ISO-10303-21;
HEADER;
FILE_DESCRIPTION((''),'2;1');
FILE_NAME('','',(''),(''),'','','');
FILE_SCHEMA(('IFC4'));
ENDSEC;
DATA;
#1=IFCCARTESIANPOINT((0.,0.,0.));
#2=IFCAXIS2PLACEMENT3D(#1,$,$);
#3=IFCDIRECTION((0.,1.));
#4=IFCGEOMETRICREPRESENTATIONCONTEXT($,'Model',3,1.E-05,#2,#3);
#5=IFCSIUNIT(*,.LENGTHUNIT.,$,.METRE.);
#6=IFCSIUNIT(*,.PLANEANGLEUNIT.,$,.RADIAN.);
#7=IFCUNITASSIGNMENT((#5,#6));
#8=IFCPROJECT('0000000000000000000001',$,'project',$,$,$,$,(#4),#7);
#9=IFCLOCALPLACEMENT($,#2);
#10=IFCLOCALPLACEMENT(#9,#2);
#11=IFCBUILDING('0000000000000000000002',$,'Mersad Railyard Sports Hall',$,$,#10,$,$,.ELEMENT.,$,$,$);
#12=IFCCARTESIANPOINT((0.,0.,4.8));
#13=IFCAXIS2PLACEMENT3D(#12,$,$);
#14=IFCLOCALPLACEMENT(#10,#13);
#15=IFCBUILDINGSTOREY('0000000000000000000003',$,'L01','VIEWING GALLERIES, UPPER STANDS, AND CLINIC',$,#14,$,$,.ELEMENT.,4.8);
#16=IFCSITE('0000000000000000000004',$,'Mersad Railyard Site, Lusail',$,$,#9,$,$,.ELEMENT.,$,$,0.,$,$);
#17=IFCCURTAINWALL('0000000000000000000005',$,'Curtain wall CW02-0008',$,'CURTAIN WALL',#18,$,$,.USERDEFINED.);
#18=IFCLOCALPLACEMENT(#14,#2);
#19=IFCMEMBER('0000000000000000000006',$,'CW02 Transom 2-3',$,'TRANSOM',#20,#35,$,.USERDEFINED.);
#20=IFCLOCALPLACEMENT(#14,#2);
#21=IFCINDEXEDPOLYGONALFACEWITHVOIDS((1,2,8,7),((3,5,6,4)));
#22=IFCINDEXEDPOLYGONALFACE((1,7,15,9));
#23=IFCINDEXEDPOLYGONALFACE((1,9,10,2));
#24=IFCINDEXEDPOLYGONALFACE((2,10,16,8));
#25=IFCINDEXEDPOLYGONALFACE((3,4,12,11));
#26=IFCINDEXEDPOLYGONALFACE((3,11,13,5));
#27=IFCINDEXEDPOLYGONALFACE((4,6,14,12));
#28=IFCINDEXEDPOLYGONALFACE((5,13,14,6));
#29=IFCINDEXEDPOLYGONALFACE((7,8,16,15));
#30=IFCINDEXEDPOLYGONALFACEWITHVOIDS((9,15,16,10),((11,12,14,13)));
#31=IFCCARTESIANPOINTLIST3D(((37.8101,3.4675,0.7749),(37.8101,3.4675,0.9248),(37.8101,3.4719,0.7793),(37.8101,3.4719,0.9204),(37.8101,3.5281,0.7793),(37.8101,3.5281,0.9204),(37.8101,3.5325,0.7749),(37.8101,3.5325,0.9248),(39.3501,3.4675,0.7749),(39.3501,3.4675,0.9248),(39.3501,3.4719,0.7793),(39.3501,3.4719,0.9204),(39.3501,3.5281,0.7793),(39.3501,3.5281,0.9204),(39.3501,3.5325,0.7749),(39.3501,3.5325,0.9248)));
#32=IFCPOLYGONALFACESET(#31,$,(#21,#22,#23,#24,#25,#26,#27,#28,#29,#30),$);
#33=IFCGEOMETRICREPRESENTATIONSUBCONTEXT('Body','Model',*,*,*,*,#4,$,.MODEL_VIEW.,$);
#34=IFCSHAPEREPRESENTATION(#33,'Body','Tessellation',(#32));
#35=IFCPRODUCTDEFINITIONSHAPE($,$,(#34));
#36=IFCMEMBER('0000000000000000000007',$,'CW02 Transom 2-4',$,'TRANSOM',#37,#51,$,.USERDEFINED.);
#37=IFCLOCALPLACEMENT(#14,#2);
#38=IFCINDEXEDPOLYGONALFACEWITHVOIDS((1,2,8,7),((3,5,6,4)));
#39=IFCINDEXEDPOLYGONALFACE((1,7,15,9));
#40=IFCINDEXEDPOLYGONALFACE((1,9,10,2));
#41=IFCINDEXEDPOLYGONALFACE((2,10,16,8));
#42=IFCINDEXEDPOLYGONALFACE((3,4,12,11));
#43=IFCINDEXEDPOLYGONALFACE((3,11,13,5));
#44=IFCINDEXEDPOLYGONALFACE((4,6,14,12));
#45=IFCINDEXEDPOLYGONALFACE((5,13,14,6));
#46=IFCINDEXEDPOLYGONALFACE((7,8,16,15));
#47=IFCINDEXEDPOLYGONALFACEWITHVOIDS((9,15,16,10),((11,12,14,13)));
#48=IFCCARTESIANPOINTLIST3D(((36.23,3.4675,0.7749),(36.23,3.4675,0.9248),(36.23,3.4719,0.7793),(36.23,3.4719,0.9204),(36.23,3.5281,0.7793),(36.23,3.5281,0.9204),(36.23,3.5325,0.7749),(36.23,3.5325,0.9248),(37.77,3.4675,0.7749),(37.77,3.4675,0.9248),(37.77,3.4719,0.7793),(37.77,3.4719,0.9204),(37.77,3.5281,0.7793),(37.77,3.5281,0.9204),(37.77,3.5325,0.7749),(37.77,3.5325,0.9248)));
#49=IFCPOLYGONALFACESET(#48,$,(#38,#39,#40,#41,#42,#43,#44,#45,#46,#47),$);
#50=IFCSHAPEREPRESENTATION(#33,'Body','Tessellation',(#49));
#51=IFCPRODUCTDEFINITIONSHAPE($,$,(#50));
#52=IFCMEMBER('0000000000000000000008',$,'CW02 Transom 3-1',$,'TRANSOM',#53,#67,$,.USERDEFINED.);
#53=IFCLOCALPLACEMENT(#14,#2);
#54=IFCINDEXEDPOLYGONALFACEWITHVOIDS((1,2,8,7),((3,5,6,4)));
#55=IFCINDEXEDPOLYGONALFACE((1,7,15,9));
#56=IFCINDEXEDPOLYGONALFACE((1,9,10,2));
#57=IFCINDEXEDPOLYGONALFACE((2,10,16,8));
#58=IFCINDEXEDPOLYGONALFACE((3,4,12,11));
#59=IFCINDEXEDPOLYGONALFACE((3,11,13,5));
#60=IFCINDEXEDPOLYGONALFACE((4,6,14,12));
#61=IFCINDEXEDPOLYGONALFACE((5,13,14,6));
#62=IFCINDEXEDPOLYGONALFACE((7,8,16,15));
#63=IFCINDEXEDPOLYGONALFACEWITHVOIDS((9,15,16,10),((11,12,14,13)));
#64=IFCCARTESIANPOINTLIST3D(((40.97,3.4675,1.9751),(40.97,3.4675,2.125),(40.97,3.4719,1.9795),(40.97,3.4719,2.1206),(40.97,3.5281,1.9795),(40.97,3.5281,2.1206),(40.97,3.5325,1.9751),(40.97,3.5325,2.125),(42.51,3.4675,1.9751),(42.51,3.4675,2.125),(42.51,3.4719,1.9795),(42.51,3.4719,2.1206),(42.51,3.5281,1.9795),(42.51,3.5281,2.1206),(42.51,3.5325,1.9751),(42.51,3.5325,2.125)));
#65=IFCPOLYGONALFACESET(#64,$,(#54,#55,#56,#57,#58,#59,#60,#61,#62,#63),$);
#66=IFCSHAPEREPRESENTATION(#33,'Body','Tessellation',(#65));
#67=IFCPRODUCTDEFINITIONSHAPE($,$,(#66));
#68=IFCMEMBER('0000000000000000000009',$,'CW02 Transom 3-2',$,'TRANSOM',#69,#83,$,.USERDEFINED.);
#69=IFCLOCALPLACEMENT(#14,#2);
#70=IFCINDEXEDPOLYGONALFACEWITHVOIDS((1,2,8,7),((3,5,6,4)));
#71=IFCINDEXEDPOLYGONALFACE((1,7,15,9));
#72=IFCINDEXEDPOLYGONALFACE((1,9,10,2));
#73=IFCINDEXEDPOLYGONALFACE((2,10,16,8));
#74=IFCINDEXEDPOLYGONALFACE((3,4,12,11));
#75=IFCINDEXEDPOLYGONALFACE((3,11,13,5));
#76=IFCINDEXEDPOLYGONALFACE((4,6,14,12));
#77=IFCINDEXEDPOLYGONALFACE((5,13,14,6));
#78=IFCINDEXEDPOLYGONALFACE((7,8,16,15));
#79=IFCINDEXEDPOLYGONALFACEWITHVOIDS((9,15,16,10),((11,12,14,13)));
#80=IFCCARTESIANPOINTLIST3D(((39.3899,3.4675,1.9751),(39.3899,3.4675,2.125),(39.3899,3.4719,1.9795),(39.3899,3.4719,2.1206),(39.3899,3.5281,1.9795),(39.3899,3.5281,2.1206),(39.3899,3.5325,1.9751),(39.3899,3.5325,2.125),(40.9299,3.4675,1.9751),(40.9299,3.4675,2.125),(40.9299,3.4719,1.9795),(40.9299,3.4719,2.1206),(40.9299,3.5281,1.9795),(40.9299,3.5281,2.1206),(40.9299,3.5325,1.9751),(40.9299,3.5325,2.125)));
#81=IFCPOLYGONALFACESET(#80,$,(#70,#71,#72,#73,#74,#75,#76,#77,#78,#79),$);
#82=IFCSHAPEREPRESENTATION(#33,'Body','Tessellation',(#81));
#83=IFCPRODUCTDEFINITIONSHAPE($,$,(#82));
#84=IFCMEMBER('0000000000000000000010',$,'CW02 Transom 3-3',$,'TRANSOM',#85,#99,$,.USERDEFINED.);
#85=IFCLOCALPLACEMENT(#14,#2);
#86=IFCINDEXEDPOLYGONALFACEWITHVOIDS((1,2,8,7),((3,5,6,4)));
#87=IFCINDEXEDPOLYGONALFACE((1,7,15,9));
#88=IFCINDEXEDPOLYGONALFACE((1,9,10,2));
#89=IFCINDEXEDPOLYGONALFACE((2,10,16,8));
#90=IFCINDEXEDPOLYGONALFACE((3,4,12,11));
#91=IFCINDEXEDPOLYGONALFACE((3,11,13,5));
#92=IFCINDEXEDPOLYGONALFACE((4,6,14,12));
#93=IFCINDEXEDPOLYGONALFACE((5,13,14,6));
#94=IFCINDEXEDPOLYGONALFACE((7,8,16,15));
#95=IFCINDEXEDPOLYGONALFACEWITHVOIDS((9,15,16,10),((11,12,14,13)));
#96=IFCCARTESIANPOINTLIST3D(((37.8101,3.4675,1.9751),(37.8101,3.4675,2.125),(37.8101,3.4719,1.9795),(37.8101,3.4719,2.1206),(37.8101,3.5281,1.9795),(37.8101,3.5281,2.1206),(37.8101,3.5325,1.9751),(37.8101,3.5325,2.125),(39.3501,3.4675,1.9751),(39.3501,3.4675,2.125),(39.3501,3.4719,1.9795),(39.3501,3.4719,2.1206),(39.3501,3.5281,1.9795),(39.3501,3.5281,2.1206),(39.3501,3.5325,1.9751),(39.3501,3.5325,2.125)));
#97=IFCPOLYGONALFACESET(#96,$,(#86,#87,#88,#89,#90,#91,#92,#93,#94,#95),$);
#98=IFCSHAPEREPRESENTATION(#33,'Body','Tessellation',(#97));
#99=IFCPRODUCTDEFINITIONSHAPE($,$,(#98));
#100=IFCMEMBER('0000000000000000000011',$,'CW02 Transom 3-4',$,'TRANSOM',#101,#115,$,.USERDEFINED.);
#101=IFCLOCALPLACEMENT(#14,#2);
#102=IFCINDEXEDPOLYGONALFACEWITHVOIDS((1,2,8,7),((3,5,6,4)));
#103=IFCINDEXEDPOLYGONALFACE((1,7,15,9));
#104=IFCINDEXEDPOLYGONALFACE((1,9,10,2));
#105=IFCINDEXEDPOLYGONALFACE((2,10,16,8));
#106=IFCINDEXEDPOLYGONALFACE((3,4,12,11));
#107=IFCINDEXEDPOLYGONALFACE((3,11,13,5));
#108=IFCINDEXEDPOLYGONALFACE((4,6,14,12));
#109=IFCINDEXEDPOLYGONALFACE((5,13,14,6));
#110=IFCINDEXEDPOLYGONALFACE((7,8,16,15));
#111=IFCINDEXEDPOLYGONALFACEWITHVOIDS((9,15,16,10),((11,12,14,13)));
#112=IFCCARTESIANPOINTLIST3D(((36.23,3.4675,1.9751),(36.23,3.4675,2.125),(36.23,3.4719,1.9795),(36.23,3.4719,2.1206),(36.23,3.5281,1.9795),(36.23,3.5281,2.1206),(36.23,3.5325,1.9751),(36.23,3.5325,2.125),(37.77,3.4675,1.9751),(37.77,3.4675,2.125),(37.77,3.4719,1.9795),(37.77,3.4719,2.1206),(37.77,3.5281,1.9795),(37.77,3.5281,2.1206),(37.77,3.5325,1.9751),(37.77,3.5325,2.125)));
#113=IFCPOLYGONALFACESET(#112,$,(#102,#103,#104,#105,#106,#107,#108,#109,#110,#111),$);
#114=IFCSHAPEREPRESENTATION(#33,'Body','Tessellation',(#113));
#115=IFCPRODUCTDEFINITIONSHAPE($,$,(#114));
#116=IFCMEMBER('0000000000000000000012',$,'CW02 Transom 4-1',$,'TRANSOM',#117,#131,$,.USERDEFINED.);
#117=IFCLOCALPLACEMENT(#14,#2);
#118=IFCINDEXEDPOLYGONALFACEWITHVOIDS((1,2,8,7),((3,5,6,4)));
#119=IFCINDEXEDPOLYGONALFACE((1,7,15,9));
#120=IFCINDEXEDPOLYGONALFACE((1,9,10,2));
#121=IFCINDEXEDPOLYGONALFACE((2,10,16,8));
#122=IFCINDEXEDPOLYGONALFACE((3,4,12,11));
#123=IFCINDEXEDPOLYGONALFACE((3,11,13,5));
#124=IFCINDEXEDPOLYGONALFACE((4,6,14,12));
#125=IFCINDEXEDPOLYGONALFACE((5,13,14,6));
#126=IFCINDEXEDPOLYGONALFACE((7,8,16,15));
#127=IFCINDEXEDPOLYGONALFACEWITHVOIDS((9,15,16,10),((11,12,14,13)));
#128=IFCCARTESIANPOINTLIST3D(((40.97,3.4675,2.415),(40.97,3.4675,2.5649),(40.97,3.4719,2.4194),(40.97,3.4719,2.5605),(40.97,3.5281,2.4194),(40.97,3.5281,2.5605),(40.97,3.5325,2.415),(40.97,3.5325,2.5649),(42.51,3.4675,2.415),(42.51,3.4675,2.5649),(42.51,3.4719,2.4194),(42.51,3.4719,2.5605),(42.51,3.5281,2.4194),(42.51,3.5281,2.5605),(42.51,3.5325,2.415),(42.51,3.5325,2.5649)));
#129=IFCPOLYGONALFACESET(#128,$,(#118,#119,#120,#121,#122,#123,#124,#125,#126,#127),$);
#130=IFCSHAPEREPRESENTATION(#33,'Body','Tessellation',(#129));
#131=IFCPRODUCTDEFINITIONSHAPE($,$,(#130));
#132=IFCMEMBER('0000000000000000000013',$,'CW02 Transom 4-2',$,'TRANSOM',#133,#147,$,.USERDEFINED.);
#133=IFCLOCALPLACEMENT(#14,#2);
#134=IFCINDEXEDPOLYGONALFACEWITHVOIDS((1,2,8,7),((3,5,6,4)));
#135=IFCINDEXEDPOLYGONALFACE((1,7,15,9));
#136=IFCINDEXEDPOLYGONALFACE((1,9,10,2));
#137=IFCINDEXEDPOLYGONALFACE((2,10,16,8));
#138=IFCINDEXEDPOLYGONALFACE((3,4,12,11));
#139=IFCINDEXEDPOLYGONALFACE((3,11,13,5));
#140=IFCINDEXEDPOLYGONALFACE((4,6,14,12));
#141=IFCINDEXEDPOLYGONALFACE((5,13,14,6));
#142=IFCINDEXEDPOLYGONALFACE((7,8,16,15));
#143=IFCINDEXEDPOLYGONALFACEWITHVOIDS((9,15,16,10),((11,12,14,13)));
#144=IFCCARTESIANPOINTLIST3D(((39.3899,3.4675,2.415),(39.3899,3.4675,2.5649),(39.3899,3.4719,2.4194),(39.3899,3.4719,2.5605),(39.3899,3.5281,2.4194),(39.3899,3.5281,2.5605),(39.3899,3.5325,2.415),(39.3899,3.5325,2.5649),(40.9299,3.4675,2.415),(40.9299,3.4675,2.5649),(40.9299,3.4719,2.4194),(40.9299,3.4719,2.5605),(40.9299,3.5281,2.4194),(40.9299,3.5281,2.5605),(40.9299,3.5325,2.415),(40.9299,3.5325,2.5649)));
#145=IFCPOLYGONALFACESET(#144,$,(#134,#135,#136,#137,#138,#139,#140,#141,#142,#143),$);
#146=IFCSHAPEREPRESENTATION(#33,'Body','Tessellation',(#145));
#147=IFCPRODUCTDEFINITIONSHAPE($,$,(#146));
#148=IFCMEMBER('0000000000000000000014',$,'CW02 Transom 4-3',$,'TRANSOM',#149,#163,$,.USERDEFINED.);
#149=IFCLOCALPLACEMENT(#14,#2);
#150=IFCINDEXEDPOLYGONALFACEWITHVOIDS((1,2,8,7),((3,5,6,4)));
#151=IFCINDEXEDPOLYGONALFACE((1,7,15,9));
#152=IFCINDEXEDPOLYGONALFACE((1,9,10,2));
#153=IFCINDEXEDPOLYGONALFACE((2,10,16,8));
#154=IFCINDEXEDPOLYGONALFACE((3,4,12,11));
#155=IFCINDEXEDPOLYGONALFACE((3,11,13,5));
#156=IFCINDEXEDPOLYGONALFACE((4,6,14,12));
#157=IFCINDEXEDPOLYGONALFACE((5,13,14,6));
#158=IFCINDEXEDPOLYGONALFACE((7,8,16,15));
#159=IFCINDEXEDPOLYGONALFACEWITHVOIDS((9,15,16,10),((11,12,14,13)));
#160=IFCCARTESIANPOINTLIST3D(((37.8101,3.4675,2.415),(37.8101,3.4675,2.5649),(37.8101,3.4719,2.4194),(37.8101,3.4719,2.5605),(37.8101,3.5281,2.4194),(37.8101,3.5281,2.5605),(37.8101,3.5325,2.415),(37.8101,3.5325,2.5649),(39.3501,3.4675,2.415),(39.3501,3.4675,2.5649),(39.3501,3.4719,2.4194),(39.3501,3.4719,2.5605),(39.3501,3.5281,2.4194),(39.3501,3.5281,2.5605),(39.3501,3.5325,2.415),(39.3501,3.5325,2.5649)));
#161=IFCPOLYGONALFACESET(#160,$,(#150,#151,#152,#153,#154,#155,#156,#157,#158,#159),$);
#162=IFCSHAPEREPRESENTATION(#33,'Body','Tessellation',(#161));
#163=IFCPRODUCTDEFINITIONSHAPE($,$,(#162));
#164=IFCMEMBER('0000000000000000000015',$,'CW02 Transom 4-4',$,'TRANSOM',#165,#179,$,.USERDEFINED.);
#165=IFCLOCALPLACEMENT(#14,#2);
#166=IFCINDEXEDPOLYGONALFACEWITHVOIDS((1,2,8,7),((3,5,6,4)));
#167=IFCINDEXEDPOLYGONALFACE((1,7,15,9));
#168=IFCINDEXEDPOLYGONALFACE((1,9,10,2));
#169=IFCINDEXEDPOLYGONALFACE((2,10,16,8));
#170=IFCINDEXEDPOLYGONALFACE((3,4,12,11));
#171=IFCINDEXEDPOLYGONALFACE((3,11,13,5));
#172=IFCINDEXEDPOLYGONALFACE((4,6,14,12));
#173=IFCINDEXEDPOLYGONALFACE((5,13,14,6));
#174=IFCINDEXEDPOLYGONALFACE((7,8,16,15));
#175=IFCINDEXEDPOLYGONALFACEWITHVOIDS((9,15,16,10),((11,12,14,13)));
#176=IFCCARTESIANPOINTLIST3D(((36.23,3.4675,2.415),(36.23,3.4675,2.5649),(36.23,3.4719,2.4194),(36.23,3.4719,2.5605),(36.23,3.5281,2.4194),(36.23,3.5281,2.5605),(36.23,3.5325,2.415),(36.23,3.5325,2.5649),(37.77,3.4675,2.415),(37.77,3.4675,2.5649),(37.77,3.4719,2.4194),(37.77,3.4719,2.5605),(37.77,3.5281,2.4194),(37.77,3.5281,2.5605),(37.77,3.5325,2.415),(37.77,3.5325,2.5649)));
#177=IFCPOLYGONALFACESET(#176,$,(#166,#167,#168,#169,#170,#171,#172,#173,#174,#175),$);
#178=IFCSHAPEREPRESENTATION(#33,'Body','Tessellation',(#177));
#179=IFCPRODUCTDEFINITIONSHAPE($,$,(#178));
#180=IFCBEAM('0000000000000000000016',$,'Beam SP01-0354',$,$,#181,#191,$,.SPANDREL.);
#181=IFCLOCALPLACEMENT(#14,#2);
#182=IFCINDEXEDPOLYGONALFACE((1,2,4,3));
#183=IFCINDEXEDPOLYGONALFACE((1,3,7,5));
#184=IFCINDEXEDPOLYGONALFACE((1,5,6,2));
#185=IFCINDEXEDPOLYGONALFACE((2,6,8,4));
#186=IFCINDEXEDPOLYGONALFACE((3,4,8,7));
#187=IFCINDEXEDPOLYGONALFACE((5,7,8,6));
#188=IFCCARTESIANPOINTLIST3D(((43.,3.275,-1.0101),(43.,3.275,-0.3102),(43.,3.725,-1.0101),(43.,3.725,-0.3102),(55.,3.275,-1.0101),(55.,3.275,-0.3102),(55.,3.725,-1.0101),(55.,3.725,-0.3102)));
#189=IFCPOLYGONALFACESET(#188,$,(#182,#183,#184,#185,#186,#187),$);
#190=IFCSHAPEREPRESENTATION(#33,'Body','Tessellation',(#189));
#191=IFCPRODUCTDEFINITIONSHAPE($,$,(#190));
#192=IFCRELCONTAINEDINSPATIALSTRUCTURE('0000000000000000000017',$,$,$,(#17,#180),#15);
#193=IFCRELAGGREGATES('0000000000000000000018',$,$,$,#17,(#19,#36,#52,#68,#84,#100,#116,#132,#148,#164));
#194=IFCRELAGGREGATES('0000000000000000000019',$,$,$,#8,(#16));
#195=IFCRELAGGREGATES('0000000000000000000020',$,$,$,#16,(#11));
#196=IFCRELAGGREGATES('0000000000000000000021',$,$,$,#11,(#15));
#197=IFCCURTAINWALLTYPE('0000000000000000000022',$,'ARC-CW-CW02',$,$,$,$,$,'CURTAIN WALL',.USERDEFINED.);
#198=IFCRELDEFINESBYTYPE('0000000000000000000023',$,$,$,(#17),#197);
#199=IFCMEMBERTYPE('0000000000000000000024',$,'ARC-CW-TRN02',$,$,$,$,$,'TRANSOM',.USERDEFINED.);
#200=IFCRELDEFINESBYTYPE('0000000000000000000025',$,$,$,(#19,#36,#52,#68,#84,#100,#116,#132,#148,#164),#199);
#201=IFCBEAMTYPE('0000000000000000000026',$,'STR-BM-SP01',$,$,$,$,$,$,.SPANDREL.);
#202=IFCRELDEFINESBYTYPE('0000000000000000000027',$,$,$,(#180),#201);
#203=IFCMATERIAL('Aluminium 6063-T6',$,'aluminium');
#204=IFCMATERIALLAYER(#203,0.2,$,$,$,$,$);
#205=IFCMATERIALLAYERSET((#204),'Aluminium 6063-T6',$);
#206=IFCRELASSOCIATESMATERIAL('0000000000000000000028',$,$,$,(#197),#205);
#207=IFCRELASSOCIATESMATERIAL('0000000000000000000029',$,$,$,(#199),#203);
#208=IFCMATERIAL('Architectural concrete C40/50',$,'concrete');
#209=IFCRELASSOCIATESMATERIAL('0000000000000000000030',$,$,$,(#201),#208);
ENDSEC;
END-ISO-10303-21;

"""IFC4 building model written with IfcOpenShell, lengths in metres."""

from ifc_helpers import new_model, si_unit, direction, frame, origin, origin_2d, place, context, subcontext, project, spatial, rectangle, hollow_rectangle, extrude, material, layer, layer_set, material_profile, profile_set, type_object, element, aggregate, save


model = new_model("IFC4")

# Units and contexts
model_context = context("Model", 3, precision=1e-05, world=origin(), true_north=direction((0.0, 1.0)))
body_context = subcontext(model_context, "Body", "Model", "MODEL_VIEW")
ifc_project = project(units=[si_unit("LENGTHUNIT", "METRE"), si_unit("PLANEANGLEUNIT", "RADIAN")], contexts=[model_context])

# Site, building, storey
site_placement = place(None, origin())
site = spatial("IfcSite", under=ifc_project, at=site_placement, Name="Mersad Railyard Site, Lusail", CompositionType="ELEMENT", RefElevation=0.0)
building_placement = place(site_placement, origin())
building = spatial("IfcBuilding", under=site, at=building_placement, Name="Mersad Railyard Sports Hall", CompositionType="ELEMENT")
storey_placement = place(building_placement, frame((0.0, 0.0, 4.8)))
storey = spatial("IfcBuildingStorey", under=building, at=storey_placement, Name="L01", Description="VIEWING GALLERIES, UPPER STANDS, AND CLINIC", CompositionType="ELEMENT", Elevation=4.8)

# Curtain wall, members
ifc_material_1 = material(Name="Aluminium 6063-T6", Category="aluminium")
ifc_layer_1 = layer(ifc_material_1, 0.2)
ifc_layer_set_1 = layer_set([ifc_layer_1], Name="Aluminium 6063-T6")
curtain_wall_type = type_object("IfcCurtainWallType", Name="ARC-CW-CW02", ElementType="CURTAIN WALL", PredefinedType="USERDEFINED", material=ifc_layer_set_1)
curtain_wall_placement = place(storey_placement, origin())
curtain_wall = element("IfcCurtainWall", 1, at=curtain_wall_placement, inside=storey, type_object=curtain_wall_type, Name="Curtain wall CW02-0008", ObjectType="CURTAIN WALL", PredefinedType="USERDEFINED")
ifc_material_profile_1 = material_profile(ifc_material_1, hollow_rectangle(XDim=0.0649, YDim=0.1499, WallThickness=0.0044, at=origin_2d()), Name="AL TRANSOM 65x150x4.5")
ifc_profile_set_1 = profile_set([ifc_material_profile_1], Name="Aluminium 6063-T6")
member_type_1 = type_object("IfcMemberType", Name="ARC-CW-TRN02", ElementType="TRANSOM", PredefinedType="USERDEFINED", material=ifc_profile_set_1)
member_1_placement = place(storey_placement, frame((39.3501, 3.5, 0.8499), z_axis=(-1.0, 0.0, 0.0), x_axis=(0.0, -1.0, 0.0)))
member_1 = element("IfcMember", 2, at=member_1_placement, type_object=member_type_1, Name="CW02 Transom 2-3", ObjectType="TRANSOM", PredefinedType="USERDEFINED", context=body_context, shape_type="SweptSolid", body=[
    extrude(hollow_rectangle(XDim=0.0649, YDim=0.1499, WallThickness=0.0044, at=origin_2d()), origin(), (0.0, 0.0, 1.0), 1.54),
])
member_2_placement = place(storey_placement, frame((37.77, 3.5, 0.8499), z_axis=(-1.0, 0.0, 0.0), x_axis=(0.0, -1.0, 0.0)))
member_2 = element("IfcMember", 3, at=member_2_placement, type_object=member_type_1, Name="CW02 Transom 2-4", ObjectType="TRANSOM", PredefinedType="USERDEFINED", context=body_context, shape_type="SweptSolid", body=[
    extrude(hollow_rectangle(XDim=0.0649, YDim=0.1499, WallThickness=0.0044, at=origin_2d()), origin(), (0.0, 0.0, 1.0), 1.54),
])
member_3_placement = place(storey_placement, frame((42.51, 3.5, 2.05), z_axis=(-1.0, 0.0, 0.0), x_axis=(0.0, -1.0, 0.0)))
member_3 = element("IfcMember", 4, at=member_3_placement, type_object=member_type_1, Name="CW02 Transom 3-1", ObjectType="TRANSOM", PredefinedType="USERDEFINED", context=body_context, shape_type="SweptSolid", body=[
    extrude(hollow_rectangle(XDim=0.0649, YDim=0.1499, WallThickness=0.0044, at=origin_2d()), origin(), (0.0, 0.0, 1.0), 1.54),
])
member_4_placement = place(storey_placement, frame((40.9299, 3.5, 2.05), z_axis=(-1.0, 0.0, 0.0), x_axis=(0.0, -1.0, 0.0)))
member_4 = element("IfcMember", 5, at=member_4_placement, type_object=member_type_1, Name="CW02 Transom 3-2", ObjectType="TRANSOM", PredefinedType="USERDEFINED", context=body_context, shape_type="SweptSolid", body=[
    extrude(hollow_rectangle(XDim=0.0649, YDim=0.1499, WallThickness=0.0044, at=origin_2d()), origin(), (0.0, 0.0, 1.0), 1.54),
])
member_5_placement = place(storey_placement, frame((39.3501, 3.5, 2.05), z_axis=(-1.0, 0.0, 0.0), x_axis=(0.0, -1.0, 0.0)))
member_5 = element("IfcMember", 6, at=member_5_placement, type_object=member_type_1, Name="CW02 Transom 3-3", ObjectType="TRANSOM", PredefinedType="USERDEFINED", context=body_context, shape_type="SweptSolid", body=[
    extrude(hollow_rectangle(XDim=0.0649, YDim=0.1499, WallThickness=0.0044, at=origin_2d()), origin(), (0.0, 0.0, 1.0), 1.54),
])
member_6_placement = place(storey_placement, frame((37.77, 3.5, 2.05), z_axis=(-1.0, 0.0, 0.0), x_axis=(0.0, -1.0, 0.0)))
member_6 = element("IfcMember", 7, at=member_6_placement, type_object=member_type_1, Name="CW02 Transom 3-4", ObjectType="TRANSOM", PredefinedType="USERDEFINED", context=body_context, shape_type="SweptSolid", body=[
    extrude(hollow_rectangle(XDim=0.0649, YDim=0.1499, WallThickness=0.0044, at=origin_2d()), origin(), (0.0, 0.0, 1.0), 1.54),
])
member_7_placement = place(storey_placement, frame((42.51, 3.5, 2.49), z_axis=(-1.0, 0.0, 0.0), x_axis=(0.0, -1.0, 0.0)))
member_7 = element("IfcMember", 8, at=member_7_placement, type_object=member_type_1, Name="CW02 Transom 4-1", ObjectType="TRANSOM", PredefinedType="USERDEFINED", context=body_context, shape_type="SweptSolid", body=[
    extrude(hollow_rectangle(XDim=0.0649, YDim=0.1499, WallThickness=0.0044, at=origin_2d()), origin(), (0.0, 0.0, 1.0), 1.54),
])
member_8_placement = place(storey_placement, frame((40.9299, 3.5, 2.49), z_axis=(-1.0, 0.0, 0.0), x_axis=(0.0, -1.0, 0.0)))
member_8 = element("IfcMember", 9, at=member_8_placement, type_object=member_type_1, Name="CW02 Transom 4-2", ObjectType="TRANSOM", PredefinedType="USERDEFINED", context=body_context, shape_type="SweptSolid", body=[
    extrude(hollow_rectangle(XDim=0.0649, YDim=0.1499, WallThickness=0.0044, at=origin_2d()), origin(), (0.0, 0.0, 1.0), 1.54),
])
member_9_placement = place(storey_placement, frame((39.3501, 3.5, 2.49), z_axis=(-1.0, 0.0, 0.0), x_axis=(0.0, -1.0, 0.0)))
member_9 = element("IfcMember", 10, at=member_9_placement, type_object=member_type_1, Name="CW02 Transom 4-3", ObjectType="TRANSOM", PredefinedType="USERDEFINED", context=body_context, shape_type="SweptSolid", body=[
    extrude(hollow_rectangle(XDim=0.0649, YDim=0.1499, WallThickness=0.0044, at=origin_2d()), origin(), (0.0, 0.0, 1.0), 1.54),
])
member_10_placement = place(storey_placement, frame((37.77, 3.5, 2.49), z_axis=(-1.0, 0.0, 0.0), x_axis=(0.0, -1.0, 0.0)))
member_10 = element("IfcMember", 11, at=member_10_placement, type_object=member_type_1, Name="CW02 Transom 4-4", ObjectType="TRANSOM", PredefinedType="USERDEFINED", context=body_context, shape_type="SweptSolid", body=[
    extrude(hollow_rectangle(XDim=0.0649, YDim=0.1499, WallThickness=0.0044, at=origin_2d()), origin(), (0.0, 0.0, 1.0), 1.54),
])

# Beam
ifc_material_2 = material(Name="Architectural concrete C40/50", Category="concrete")
ifc_material_profile_2 = material_profile(ifc_material_2, rectangle(XDim=0.45, YDim=0.7, at=origin_2d()), Name="RC 450x700")
ifc_profile_set_2 = profile_set([ifc_material_profile_2], Name="Architectural concrete C40/50")
beam_type_1 = type_object("IfcBeamType", Name="STR-BM-SP01", PredefinedType="SPANDREL", material=ifc_profile_set_2)
beam_1_placement = place(storey_placement, frame((43.0, 3.5, -0.6602), z_axis=(1.0, 0.0, 0.0), x_axis=(0.0, 1.0, 0.0)))
element("IfcBeam", 12, at=beam_1_placement, inside=storey, type_object=beam_type_1, Name="Beam SP01-0354", PredefinedType="SPANDREL", context=body_context, shape_type="SweptSolid", body=[
    extrude(rectangle(XDim=0.45, YDim=0.7, at=origin_2d()), origin(), (0.0, 0.0, 1.0), 12.0),
])

aggregate(curtain_wall, [member_1, member_2, member_3, member_4, member_5, member_6, member_7, member_8, member_9, member_10])

save(model, "model.ifc")
